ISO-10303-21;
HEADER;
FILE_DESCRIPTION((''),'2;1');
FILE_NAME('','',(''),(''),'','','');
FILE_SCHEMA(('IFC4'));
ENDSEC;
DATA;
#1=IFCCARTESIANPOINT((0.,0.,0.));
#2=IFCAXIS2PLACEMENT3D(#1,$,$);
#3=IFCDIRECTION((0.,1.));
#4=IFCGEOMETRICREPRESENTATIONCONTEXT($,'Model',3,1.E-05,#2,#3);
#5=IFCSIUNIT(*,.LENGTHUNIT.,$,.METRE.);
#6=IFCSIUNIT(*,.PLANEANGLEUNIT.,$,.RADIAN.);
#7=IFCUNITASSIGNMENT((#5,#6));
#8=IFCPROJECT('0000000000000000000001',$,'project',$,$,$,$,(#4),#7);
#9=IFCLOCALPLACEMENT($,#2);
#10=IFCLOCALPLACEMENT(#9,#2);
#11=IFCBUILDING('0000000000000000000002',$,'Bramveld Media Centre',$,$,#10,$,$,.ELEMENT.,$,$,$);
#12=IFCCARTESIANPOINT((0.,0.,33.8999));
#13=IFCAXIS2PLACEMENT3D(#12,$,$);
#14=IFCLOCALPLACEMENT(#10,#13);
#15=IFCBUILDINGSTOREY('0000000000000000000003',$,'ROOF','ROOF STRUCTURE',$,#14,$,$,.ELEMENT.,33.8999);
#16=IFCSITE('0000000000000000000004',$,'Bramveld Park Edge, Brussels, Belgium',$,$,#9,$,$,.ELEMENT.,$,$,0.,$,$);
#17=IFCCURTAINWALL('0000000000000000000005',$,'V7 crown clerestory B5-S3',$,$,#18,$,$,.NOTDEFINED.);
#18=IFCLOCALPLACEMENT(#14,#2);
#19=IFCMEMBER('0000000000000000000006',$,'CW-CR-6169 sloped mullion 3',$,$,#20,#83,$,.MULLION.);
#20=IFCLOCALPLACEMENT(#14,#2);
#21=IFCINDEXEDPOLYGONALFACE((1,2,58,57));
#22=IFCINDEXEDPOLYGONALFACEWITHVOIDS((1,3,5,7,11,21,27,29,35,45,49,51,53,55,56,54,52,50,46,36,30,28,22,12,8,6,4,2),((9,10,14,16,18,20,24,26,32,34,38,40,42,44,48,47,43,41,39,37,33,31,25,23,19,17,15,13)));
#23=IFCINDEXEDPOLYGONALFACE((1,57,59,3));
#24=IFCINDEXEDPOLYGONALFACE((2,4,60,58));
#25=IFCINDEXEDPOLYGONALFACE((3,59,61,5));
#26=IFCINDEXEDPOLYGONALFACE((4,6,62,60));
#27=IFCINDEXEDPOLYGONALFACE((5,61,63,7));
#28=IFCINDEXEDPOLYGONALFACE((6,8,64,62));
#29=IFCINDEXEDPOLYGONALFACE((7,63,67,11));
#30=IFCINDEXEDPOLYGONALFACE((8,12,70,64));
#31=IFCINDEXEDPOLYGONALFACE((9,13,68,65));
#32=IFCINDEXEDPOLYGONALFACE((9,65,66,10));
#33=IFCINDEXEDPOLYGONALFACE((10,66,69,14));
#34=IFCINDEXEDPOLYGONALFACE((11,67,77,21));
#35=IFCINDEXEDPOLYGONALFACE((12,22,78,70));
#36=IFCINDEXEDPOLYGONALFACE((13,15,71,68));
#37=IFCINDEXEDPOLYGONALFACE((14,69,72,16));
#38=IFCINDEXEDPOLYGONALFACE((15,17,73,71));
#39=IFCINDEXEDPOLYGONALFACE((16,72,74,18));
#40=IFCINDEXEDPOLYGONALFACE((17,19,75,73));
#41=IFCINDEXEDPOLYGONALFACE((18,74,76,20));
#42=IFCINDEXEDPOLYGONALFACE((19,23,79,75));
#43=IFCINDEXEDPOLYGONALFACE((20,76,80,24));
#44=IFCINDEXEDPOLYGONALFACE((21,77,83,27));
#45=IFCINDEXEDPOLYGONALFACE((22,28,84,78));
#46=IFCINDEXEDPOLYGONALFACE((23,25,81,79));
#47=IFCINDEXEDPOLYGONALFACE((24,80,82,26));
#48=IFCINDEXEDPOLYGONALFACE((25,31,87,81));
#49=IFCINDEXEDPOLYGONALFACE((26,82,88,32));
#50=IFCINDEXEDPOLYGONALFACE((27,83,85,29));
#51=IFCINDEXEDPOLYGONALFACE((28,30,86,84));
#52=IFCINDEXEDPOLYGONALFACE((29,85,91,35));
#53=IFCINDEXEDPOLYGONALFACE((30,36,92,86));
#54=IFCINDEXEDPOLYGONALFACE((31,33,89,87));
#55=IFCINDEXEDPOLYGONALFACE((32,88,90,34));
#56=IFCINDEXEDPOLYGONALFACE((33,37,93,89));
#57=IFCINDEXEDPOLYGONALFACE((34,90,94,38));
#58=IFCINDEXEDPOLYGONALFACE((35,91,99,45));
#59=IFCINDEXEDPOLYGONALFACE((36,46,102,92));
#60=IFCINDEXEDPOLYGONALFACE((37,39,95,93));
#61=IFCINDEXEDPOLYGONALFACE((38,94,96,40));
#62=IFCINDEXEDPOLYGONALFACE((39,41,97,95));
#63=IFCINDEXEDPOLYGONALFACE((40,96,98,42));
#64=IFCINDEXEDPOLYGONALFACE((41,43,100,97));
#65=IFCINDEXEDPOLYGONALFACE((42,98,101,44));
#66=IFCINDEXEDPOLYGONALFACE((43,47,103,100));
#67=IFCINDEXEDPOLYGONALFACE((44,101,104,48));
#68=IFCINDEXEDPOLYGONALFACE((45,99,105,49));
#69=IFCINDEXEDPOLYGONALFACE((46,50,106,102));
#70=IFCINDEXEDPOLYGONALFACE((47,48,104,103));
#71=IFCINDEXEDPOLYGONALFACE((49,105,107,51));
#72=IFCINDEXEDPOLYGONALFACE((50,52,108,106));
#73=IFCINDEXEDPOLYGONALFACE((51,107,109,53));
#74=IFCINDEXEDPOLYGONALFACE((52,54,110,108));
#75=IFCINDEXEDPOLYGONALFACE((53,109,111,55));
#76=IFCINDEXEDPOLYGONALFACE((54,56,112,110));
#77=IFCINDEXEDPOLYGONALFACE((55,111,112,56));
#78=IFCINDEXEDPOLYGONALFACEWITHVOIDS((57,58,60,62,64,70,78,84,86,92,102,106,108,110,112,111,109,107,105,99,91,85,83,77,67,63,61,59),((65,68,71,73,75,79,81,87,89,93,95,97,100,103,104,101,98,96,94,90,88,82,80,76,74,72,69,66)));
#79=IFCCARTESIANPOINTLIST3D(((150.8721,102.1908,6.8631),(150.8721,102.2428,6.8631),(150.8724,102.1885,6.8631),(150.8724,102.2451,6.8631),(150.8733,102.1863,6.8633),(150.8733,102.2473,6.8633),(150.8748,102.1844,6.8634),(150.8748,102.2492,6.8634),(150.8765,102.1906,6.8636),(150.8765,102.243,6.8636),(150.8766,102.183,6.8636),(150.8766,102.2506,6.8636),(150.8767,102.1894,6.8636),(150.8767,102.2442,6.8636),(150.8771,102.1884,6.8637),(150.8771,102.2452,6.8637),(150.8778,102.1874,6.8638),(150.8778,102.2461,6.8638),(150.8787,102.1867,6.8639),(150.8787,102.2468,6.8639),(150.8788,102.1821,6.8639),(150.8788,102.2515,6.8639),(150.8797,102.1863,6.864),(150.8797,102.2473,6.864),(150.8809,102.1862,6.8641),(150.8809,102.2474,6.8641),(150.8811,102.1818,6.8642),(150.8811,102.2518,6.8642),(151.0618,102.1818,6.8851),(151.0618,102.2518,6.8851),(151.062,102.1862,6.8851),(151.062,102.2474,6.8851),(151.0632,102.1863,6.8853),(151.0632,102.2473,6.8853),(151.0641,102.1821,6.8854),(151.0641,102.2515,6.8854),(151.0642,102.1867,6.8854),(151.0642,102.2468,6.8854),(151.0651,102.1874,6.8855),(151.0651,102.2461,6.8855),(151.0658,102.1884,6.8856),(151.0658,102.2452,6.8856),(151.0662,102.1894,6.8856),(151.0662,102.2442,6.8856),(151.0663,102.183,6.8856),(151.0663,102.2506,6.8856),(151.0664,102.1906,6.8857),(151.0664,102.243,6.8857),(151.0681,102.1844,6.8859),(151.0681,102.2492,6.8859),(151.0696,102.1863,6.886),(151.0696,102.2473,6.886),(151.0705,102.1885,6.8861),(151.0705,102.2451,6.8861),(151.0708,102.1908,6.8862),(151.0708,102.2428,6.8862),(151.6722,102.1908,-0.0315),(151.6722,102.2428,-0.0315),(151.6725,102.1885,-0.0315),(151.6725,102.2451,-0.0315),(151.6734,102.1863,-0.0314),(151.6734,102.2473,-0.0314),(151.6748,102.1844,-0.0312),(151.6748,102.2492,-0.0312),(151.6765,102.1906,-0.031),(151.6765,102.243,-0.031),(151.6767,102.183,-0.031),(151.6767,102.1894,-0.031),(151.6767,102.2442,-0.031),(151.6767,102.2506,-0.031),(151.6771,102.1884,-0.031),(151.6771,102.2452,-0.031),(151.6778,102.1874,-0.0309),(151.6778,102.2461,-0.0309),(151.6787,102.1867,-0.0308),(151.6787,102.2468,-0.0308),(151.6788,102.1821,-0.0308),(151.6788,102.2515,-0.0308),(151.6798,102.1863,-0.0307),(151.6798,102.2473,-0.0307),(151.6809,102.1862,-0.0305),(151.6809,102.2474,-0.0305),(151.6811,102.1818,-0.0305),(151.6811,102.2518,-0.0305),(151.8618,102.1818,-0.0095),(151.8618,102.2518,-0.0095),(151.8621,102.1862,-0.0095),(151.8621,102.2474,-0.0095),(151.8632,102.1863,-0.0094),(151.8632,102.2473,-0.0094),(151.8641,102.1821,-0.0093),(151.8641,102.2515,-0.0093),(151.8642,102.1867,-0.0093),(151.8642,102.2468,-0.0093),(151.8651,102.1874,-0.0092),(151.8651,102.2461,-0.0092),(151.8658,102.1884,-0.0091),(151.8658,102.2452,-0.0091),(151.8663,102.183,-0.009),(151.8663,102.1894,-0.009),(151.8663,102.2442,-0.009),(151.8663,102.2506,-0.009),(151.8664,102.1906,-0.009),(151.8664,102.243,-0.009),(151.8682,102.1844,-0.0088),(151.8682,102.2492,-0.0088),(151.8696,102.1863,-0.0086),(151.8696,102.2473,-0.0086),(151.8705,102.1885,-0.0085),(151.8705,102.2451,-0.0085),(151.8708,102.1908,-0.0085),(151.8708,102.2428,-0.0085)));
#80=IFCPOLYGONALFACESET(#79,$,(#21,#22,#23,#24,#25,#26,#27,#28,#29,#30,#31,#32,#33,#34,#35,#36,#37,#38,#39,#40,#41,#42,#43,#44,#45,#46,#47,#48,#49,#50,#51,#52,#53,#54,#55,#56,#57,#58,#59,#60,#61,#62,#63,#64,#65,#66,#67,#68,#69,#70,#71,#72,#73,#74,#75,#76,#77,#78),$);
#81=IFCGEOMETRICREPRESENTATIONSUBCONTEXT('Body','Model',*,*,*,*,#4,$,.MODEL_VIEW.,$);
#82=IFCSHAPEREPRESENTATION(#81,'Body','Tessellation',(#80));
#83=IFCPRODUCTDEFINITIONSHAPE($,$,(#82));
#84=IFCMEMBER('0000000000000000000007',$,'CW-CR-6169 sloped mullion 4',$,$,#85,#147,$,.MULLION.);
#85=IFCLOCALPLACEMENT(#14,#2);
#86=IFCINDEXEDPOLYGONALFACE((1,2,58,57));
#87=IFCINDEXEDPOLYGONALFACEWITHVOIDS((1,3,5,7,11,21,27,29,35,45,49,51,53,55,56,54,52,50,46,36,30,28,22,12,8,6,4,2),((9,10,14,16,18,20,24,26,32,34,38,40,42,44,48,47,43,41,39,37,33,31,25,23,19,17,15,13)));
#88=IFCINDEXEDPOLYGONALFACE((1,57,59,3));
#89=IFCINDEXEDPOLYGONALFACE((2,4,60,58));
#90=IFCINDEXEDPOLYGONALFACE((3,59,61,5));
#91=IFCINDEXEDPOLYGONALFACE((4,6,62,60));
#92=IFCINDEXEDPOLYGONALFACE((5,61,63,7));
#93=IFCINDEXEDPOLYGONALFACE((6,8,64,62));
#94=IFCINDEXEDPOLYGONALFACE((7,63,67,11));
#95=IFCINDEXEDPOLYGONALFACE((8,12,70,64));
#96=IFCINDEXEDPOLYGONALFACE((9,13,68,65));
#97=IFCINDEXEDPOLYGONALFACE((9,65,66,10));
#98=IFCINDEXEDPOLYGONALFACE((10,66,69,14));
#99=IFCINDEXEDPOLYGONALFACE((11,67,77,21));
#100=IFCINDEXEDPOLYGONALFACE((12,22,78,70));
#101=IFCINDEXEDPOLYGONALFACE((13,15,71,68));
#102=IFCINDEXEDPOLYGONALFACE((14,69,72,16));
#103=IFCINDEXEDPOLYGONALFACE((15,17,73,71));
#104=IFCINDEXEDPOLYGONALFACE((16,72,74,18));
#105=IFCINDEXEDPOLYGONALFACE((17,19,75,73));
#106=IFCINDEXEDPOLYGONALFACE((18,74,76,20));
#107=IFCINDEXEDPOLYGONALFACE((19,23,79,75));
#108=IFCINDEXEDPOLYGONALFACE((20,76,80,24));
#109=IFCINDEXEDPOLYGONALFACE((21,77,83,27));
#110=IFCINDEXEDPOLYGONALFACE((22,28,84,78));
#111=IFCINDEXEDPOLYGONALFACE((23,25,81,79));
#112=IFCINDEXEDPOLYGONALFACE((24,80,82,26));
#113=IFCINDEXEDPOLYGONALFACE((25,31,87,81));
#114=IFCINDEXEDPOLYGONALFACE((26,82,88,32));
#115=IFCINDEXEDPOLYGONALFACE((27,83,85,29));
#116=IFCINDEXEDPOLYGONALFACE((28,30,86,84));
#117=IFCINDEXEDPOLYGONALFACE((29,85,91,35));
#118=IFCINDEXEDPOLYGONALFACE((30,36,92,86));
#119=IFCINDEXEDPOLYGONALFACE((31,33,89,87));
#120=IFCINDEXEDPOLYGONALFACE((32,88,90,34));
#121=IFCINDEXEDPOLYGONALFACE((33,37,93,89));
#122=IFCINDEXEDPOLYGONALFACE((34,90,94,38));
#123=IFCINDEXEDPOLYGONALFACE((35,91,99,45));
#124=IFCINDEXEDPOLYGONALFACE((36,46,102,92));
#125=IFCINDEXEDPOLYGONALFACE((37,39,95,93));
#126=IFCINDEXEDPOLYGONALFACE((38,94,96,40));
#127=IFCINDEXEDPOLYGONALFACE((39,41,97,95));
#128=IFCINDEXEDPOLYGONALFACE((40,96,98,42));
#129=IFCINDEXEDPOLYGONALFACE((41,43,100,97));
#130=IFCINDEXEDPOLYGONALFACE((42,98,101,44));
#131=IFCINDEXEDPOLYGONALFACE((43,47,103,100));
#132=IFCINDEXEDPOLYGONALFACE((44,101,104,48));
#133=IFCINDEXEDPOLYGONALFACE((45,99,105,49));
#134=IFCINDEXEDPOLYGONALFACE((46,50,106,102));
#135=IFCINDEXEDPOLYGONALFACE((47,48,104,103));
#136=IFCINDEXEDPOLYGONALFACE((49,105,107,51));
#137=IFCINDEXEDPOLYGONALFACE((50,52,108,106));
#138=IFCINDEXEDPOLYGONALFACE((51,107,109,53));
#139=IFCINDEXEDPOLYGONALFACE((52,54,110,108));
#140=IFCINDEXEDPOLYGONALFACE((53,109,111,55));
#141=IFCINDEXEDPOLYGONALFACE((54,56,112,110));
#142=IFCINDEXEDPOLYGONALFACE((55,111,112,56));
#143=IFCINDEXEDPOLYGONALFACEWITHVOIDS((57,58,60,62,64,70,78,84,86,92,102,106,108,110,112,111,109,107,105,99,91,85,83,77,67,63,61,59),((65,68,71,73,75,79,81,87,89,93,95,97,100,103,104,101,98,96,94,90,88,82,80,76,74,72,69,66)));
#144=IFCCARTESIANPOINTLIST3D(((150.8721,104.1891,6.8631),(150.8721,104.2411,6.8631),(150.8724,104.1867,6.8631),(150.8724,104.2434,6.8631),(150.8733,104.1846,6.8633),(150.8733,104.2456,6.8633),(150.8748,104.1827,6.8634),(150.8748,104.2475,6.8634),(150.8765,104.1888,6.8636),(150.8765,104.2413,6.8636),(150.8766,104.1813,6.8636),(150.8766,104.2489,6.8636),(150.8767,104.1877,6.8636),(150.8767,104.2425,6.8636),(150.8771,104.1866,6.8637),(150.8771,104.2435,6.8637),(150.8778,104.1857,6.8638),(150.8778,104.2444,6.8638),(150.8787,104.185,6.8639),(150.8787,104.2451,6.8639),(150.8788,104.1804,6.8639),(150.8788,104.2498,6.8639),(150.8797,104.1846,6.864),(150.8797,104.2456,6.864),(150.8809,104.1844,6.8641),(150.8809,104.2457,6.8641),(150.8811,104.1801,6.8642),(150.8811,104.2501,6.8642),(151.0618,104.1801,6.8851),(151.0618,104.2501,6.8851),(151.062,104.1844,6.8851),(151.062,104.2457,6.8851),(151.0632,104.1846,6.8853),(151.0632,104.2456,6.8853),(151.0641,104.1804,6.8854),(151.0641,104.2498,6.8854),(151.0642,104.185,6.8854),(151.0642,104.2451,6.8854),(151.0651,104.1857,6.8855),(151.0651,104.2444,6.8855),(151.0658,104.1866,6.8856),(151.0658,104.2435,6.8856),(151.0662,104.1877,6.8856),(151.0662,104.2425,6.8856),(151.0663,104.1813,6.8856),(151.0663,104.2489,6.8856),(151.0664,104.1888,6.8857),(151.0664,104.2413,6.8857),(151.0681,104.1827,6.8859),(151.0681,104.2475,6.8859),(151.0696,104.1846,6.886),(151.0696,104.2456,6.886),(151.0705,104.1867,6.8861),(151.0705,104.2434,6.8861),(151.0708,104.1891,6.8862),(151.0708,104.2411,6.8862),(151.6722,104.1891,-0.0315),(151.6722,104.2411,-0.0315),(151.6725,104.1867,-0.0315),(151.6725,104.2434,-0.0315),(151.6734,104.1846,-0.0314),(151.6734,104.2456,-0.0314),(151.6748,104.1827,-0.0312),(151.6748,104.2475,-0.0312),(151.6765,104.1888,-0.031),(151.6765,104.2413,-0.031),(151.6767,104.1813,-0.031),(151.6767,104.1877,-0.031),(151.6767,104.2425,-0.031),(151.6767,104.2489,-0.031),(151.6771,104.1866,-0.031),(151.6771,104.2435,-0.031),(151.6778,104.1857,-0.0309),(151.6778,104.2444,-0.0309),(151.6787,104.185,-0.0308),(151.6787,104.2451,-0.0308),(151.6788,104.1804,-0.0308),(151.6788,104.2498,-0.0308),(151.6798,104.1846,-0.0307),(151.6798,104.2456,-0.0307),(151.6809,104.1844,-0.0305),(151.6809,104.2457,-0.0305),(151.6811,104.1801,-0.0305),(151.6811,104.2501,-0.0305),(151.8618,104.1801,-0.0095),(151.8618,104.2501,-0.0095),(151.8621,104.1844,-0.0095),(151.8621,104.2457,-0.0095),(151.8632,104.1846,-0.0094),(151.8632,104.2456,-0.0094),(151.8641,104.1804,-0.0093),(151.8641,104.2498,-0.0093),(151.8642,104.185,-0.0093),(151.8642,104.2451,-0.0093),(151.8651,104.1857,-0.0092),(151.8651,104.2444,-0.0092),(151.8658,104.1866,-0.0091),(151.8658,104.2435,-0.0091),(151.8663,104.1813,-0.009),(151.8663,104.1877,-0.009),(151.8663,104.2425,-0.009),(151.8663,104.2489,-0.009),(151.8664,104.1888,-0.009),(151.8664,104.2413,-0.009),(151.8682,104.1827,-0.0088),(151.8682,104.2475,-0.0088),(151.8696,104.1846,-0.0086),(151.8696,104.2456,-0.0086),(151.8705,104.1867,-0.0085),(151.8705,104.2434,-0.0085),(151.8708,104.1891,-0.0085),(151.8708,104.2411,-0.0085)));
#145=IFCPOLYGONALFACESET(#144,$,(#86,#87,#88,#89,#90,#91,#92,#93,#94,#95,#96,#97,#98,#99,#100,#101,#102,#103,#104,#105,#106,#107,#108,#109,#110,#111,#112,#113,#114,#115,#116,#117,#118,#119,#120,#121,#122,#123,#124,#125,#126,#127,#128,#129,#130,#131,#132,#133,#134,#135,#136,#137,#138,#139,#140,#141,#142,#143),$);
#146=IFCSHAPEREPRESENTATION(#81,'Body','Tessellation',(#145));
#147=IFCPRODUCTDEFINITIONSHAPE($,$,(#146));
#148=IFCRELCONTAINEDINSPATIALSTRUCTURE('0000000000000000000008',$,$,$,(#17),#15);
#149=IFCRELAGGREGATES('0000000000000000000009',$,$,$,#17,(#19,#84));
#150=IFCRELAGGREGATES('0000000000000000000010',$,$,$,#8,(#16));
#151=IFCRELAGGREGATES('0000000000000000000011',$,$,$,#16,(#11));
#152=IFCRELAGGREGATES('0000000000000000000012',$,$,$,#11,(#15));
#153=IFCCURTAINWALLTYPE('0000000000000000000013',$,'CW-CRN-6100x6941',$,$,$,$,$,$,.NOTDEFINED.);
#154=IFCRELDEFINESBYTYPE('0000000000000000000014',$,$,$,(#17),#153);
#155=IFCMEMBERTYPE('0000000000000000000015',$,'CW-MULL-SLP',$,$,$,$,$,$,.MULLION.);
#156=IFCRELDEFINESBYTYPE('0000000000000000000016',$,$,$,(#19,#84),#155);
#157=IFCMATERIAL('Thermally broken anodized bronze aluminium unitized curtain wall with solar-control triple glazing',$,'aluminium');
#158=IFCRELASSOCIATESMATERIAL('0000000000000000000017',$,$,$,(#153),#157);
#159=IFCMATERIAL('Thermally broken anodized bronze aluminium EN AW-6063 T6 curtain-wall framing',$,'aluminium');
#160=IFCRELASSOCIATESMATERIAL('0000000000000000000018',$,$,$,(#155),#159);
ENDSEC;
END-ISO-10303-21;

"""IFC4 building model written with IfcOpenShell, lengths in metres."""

from ifc_helpers import new_model, si_unit, direction, frame, origin, origin_2d, place, context, subcontext, project, spatial, hollow_rectangle, extrude, material, material_profile, profile_set, type_object, element, aggregate, save


model = new_model("IFC4")

# Units and contexts
model_context = context("Model", 3, precision=1e-05, world=origin(), true_north=direction((0.0, 1.0)))
body_context = subcontext(model_context, "Body", "Model", "MODEL_VIEW")
ifc_project = project(units=[si_unit("LENGTHUNIT", "METRE"), si_unit("PLANEANGLEUNIT", "RADIAN")], contexts=[model_context])

# Site, building, storey
site_placement = place(None, origin())
site = spatial("IfcSite", under=ifc_project, at=site_placement, Name="Bramveld Park Edge, Brussels, Belgium", CompositionType="ELEMENT", RefElevation=0.0)
building_placement = place(site_placement, origin())
building = spatial("IfcBuilding", under=site, at=building_placement, Name="Bramveld Media Centre", CompositionType="ELEMENT")
storey_placement = place(building_placement, frame((0.0, 0.0, 33.8999)))
storey = spatial("IfcBuildingStorey", under=building, at=storey_placement, Name="ROOF", Description="ROOF STRUCTURE", CompositionType="ELEMENT", Elevation=33.8999)

# Curtain wall, members
ifc_material_1 = material(Name="Thermally broken anodized bronze aluminium unitized curtain wall with solar-control triple glazing", Category="aluminium")
curtain_wall_type = type_object("IfcCurtainWallType", Name="CW-CRN-6100x6941", PredefinedType="NOTDEFINED", material=ifc_material_1)
curtain_wall_placement = place(storey_placement, origin())
curtain_wall = element("IfcCurtainWall", 1, at=curtain_wall_placement, inside=storey, type_object=curtain_wall_type, Name="V7 crown clerestory B5-S3", PredefinedType="NOTDEFINED")
ifc_material_2 = material(Name="Thermally broken anodized bronze aluminium EN AW-6063 T6 curtain-wall framing", Category="aluminium")
ifc_material_profile_1 = material_profile(ifc_material_2, hollow_rectangle(XDim=0.0701, YDim=0.2, WallThickness=0.0044, InnerFilletRadius=0.0044, OuterFilletRadius=0.009, at=origin_2d()), Name="AL-MULL 70x200")
ifc_profile_set_1 = profile_set([ifc_material_profile_1], Name="Thermally broken anodized bronze aluminium EN AW-6063 T6 curtain-wall framing")
member_type_1 = type_object("IfcMemberType", Name="CW-MULL-SLP", PredefinedType="MULLION", material=ifc_profile_set_1)
member_1_placement = place(storey_placement, frame((151.7715, 102.2168, -0.02), z_axis=(-0.115264, 0.0, 0.993335), x_axis=(0.0, -1.0, 0.0)))
member_1 = element("IfcMember", 2, at=member_1_placement, type_object=member_type_1, Name="CW-CR-6169 sloped mullion 3", PredefinedType="MULLION", context=body_context, shape_type="SweptSolid", body=[
    extrude(hollow_rectangle(XDim=0.0701, YDim=0.2, WallThickness=0.0044, InnerFilletRadius=0.0044, OuterFilletRadius=0.009, at=origin_2d()), origin(), (0.0, 0.0, 1.0), 6.9409),
])
member_2_placement = place(storey_placement, frame((151.7715, 104.2151, -0.02), z_axis=(-0.115264, 0.0, 0.993335), x_axis=(0.0, -1.0, 0.0)))
member_2 = element("IfcMember", 3, at=member_2_placement, type_object=member_type_1, Name="CW-CR-6169 sloped mullion 4", PredefinedType="MULLION", context=body_context, shape_type="SweptSolid", body=[
    extrude(hollow_rectangle(XDim=0.0701, YDim=0.2, WallThickness=0.0044, InnerFilletRadius=0.0044, OuterFilletRadius=0.009, at=origin_2d()), origin(), (0.0, 0.0, 1.0), 6.9409),
])

aggregate(curtain_wall, [member_1, member_2])

save(model, "model.ifc")
